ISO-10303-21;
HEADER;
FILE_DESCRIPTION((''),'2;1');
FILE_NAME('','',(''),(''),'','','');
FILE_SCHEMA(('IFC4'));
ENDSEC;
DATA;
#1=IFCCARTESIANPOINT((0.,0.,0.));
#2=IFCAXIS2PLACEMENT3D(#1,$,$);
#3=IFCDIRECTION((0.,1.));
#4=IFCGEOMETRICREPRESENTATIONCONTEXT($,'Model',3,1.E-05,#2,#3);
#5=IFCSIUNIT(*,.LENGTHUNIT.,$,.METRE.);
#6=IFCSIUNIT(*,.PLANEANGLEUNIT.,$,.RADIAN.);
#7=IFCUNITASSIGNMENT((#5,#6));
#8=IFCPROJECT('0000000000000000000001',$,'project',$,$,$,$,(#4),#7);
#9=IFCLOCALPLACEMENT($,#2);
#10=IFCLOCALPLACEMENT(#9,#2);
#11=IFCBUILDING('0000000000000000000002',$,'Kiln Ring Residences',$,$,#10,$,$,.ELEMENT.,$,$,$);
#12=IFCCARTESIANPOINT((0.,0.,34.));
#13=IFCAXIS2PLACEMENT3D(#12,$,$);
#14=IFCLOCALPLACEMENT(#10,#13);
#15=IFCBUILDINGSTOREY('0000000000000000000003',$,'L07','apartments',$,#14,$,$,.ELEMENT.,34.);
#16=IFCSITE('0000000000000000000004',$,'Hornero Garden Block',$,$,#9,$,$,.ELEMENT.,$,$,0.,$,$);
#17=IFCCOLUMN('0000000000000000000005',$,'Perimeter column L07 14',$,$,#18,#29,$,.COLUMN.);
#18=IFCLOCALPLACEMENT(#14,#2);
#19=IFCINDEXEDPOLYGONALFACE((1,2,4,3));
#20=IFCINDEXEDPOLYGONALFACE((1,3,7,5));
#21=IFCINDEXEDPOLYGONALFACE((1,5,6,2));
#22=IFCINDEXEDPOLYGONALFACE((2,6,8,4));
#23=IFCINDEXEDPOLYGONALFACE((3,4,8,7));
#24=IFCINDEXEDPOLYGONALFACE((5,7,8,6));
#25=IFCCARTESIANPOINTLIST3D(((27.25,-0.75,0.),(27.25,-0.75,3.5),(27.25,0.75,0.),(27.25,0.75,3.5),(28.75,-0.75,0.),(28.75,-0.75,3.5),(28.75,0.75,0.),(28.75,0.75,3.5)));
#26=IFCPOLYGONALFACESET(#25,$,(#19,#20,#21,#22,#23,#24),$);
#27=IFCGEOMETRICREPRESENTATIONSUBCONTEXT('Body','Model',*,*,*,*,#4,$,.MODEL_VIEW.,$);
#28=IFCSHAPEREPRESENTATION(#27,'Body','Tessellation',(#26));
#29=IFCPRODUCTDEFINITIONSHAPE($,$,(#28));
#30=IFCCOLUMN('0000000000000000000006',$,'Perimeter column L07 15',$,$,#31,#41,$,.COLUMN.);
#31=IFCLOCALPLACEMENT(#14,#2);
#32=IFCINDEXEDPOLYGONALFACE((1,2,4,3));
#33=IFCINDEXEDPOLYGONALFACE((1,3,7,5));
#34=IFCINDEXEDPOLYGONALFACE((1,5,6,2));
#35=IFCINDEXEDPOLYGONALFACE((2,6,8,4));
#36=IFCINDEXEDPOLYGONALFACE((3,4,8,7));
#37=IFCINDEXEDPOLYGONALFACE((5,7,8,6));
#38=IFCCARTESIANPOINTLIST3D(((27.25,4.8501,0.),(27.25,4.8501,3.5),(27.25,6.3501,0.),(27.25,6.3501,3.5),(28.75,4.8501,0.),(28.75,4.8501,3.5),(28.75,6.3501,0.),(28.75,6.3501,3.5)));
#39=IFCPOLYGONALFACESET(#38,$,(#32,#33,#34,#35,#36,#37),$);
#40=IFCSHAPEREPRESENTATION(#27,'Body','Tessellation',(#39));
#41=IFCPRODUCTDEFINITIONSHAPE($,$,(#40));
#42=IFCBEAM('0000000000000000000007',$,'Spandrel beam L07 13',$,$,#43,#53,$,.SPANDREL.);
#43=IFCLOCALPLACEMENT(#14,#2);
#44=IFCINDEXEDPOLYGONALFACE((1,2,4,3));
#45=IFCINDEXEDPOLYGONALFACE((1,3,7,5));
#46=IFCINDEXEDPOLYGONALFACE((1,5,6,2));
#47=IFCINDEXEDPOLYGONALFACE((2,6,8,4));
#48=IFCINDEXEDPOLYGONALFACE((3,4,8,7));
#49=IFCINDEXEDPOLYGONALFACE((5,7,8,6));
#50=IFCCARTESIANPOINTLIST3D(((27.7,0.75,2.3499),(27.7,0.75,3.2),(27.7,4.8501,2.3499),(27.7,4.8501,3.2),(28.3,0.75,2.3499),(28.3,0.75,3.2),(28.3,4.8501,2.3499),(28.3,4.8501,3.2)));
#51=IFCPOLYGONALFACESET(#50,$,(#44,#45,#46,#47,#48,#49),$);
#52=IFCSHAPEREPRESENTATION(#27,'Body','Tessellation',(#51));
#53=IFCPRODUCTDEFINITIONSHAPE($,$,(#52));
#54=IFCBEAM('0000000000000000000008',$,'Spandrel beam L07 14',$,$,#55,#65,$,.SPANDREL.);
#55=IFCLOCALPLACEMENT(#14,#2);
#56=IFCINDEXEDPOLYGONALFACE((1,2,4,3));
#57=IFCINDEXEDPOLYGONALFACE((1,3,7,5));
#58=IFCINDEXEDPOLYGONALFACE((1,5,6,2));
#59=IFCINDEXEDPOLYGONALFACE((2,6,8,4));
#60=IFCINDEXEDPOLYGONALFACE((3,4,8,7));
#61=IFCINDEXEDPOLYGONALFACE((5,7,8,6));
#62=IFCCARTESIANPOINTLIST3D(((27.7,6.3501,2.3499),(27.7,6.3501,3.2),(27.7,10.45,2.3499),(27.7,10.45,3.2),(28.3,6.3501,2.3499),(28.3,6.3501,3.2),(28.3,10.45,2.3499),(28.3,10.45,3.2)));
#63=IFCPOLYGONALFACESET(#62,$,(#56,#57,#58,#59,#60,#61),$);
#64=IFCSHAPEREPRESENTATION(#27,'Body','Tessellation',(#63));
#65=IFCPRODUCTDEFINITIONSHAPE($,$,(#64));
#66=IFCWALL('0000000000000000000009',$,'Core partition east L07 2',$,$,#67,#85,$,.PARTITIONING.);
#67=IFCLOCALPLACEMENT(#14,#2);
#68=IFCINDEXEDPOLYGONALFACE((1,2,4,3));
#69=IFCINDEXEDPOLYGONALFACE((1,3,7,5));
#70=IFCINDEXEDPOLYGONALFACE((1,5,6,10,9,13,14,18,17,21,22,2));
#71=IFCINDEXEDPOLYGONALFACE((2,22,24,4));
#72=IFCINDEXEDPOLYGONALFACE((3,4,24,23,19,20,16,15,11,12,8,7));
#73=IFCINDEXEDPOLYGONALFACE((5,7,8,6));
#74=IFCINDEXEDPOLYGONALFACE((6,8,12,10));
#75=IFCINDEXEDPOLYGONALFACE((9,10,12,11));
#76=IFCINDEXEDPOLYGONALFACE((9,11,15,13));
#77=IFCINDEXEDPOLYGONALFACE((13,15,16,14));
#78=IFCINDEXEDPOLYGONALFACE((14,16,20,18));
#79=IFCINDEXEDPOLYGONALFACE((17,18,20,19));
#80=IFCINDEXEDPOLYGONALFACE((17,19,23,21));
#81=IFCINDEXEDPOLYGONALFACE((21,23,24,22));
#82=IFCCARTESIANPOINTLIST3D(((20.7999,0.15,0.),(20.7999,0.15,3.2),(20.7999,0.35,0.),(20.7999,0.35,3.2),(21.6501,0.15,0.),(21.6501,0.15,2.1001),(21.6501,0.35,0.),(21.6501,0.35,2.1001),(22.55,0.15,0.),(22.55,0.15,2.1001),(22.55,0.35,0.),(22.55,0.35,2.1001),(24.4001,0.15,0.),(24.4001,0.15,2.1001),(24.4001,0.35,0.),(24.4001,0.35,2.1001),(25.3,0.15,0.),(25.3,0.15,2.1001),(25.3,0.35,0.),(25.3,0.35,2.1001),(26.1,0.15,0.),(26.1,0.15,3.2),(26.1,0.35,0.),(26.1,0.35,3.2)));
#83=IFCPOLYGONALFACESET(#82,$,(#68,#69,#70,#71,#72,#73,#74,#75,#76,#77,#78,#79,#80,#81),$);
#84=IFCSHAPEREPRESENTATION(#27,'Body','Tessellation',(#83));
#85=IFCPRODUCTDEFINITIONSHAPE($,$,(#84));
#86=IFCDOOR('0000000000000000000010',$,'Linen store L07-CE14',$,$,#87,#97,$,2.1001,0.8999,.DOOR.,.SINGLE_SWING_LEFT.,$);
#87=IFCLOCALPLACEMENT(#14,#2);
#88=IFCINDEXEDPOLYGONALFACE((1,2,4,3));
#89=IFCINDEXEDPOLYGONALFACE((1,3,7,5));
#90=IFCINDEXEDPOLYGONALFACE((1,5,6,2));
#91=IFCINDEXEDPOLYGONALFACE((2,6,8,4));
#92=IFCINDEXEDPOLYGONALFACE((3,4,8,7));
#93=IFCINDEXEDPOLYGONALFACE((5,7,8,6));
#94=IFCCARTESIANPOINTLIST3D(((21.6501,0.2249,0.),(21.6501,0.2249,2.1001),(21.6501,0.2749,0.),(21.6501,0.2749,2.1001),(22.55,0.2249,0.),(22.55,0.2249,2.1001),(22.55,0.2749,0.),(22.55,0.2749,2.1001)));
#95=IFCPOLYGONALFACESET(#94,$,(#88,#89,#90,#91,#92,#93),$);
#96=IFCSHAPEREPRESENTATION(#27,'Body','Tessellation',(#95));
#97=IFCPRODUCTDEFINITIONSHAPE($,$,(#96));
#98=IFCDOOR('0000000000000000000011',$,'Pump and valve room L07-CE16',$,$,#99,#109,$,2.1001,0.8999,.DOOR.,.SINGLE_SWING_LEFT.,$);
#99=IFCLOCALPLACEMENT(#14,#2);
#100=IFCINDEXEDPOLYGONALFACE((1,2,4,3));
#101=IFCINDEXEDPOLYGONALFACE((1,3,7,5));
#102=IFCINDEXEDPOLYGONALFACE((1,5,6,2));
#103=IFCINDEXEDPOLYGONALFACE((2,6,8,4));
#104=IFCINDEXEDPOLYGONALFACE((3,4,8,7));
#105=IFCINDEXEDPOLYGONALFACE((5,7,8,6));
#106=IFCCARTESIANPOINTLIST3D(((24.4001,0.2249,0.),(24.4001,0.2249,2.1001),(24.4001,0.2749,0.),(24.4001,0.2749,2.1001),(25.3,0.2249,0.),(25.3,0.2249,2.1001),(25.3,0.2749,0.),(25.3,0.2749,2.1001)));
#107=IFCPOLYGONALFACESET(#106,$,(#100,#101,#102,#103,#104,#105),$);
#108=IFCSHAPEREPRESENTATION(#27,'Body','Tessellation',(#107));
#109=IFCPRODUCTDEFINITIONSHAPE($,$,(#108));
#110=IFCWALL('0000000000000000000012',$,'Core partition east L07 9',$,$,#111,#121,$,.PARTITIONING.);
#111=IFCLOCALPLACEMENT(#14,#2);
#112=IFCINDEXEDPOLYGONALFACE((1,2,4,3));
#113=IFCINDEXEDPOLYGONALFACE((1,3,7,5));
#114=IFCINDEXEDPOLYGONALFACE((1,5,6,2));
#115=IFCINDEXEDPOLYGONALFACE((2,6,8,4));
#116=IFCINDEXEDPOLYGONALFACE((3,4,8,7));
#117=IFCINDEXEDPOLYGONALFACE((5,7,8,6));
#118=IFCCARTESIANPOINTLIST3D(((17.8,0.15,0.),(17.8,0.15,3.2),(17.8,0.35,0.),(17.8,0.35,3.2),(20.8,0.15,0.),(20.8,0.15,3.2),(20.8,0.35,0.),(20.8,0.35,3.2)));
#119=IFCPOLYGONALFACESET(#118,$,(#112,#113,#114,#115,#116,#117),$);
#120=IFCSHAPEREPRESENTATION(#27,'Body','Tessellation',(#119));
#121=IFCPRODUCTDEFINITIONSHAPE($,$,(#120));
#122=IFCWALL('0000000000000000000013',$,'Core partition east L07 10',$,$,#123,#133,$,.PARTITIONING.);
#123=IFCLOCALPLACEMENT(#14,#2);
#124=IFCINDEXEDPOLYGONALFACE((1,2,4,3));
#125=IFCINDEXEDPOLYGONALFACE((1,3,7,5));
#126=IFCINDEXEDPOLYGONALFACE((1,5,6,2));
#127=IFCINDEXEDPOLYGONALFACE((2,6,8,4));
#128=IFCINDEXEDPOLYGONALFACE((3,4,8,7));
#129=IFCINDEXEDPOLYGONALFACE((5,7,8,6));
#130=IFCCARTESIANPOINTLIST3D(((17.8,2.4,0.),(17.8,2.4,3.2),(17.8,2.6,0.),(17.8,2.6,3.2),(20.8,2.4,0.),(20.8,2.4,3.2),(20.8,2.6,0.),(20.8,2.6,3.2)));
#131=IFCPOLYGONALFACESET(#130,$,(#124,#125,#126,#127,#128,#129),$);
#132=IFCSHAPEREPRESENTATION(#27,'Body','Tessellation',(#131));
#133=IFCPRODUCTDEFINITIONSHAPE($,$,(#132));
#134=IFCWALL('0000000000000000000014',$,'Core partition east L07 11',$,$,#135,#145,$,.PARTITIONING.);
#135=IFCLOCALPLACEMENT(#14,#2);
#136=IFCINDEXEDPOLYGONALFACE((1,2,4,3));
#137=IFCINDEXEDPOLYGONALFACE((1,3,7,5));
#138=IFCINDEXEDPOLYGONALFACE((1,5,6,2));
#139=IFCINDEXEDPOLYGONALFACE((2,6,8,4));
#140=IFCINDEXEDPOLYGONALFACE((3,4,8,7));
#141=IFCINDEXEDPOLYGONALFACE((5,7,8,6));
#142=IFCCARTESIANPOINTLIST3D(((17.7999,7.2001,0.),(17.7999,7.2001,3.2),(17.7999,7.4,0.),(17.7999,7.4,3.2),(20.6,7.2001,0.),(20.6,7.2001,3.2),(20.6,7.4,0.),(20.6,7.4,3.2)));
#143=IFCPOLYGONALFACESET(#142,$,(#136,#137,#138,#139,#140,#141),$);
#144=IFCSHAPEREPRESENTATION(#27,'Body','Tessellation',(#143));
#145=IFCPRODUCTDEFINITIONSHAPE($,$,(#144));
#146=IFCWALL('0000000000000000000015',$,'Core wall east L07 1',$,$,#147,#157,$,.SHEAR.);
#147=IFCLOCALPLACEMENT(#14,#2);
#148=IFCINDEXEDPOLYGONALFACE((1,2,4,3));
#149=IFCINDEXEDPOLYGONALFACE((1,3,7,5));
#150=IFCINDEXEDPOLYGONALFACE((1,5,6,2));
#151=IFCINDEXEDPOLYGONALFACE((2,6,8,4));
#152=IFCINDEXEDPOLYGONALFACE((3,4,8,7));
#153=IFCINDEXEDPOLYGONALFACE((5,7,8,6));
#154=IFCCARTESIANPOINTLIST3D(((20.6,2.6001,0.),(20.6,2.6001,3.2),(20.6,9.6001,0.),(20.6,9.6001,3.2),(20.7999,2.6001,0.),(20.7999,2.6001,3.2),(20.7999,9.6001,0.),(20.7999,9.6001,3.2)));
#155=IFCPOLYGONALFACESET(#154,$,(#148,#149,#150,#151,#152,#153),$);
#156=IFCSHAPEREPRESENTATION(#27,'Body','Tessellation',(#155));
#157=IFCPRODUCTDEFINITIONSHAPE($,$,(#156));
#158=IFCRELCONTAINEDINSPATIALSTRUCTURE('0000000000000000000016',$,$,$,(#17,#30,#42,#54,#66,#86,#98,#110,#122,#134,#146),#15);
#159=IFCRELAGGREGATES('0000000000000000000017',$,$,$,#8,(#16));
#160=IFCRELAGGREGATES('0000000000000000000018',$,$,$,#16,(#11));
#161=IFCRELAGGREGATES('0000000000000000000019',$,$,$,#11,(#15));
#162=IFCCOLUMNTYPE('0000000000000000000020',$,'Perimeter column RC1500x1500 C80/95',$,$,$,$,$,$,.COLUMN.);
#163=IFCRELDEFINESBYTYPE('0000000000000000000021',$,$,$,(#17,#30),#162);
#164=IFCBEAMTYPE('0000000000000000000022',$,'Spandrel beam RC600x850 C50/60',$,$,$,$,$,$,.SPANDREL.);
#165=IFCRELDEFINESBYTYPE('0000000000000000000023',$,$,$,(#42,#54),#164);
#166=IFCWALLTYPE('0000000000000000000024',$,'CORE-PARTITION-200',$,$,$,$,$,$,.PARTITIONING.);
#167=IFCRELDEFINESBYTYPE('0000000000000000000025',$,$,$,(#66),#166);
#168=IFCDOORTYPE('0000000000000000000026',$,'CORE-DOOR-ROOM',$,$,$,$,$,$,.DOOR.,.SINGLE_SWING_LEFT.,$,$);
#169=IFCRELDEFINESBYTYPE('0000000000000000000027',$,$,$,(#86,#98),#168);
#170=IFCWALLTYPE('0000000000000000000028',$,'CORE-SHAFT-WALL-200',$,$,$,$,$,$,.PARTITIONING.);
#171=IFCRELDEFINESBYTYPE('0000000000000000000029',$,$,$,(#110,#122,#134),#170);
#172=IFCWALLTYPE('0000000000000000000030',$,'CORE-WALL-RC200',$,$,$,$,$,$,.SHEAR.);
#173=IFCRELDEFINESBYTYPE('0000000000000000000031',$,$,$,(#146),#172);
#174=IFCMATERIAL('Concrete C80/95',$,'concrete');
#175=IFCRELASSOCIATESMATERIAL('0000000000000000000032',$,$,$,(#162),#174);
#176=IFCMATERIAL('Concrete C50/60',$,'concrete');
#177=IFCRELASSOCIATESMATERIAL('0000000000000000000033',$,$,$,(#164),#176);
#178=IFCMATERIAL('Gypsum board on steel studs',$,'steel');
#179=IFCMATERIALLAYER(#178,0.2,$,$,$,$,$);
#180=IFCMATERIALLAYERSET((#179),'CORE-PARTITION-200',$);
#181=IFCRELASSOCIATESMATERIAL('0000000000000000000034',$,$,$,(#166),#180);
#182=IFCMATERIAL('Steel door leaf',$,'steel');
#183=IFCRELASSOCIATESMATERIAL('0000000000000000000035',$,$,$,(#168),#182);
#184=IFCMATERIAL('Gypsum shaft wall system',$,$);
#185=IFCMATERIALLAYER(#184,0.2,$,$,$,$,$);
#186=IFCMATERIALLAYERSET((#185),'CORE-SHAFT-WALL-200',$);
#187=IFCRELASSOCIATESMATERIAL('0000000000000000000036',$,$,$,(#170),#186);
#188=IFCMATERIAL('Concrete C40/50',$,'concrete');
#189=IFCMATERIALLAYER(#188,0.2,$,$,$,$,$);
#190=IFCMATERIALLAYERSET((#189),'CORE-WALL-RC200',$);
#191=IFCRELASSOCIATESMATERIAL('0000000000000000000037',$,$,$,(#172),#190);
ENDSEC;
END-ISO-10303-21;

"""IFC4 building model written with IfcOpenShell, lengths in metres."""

from ifc_helpers import new_model, si_unit, direction, frame, frame_2d, origin, origin_2d, place, context, subcontext, project, spatial, rectangle, extrude, material, layer, layer_set, material_profile, profile_set, type_object, element, fill, save


model = new_model("IFC4")

# Units and contexts
model_context = context("Model", 3, precision=1e-05, world=origin(), true_north=direction((0.0, 1.0)))
body_context = subcontext(model_context, "Body", "Model", "MODEL_VIEW")
ifc_project = project(units=[si_unit("LENGTHUNIT", "METRE"), si_unit("PLANEANGLEUNIT", "RADIAN")], contexts=[model_context])

# Site, building, storey
site_placement = place(None, origin())
site = spatial("IfcSite", under=ifc_project, at=site_placement, Name="Hornero Garden Block", CompositionType="ELEMENT", RefElevation=0.0)
building_placement = place(site_placement, origin())
building = spatial("IfcBuilding", under=site, at=building_placement, Name="Kiln Ring Residences", CompositionType="ELEMENT")
storey_placement = place(building_placement, frame((0.0, 0.0, 34.0)))
storey = spatial("IfcBuildingStorey", under=building, at=storey_placement, Name="L07", Description="apartments", CompositionType="ELEMENT", Elevation=34.0)

# Columns
ifc_material_1 = material(Name="Concrete C80/95", Category="concrete")
ifc_material_profile_1 = material_profile(ifc_material_1, rectangle(XDim=1.5, YDim=1.5, at=origin_2d()), Name="RC1500x1500")
ifc_profile_set_1 = profile_set([ifc_material_profile_1], Name="Concrete C80/95")
column_type = type_object("IfcColumnType", Name="Perimeter column RC1500x1500 C80/95", PredefinedType="COLUMN", material=ifc_profile_set_1)
for number, where, z_axis, x_axis, name in (
    (1, (28.0, 0.0, 0.0), (0.0, 0.0, 1.0), (1.0, 0.0, 0.0), "Perimeter column L07 14"),
    (2, (28.0, 5.6001, 0.0), (0.0, 0.0, 1.0), (1.0, 0.0, 0.0), "Perimeter column L07 15"),
):
    element("IfcColumn", number, at=place(storey_placement, frame(where, z_axis=z_axis, x_axis=x_axis)), inside=storey, type_object=column_type, Name=name, PredefinedType="COLUMN", context=body_context, shape_type="SweptSolid", body=[
        extrude(rectangle(XDim=1.5, YDim=1.5, at=origin_2d()), origin(), (0.0, 0.0, 1.0), 3.5),
    ])

# Beams
ifc_material_2 = material(Name="Concrete C50/60", Category="concrete")
ifc_material_profile_2 = material_profile(ifc_material_2, rectangle(XDim=0.6001, YDim=0.8501, at=origin_2d()), Name="RC600x850")
ifc_profile_set_2 = profile_set([ifc_material_profile_2], Name="Concrete C50/60")
beam_type = type_object("IfcBeamType", Name="Spandrel beam RC600x850 C50/60", PredefinedType="SPANDREL", material=ifc_profile_set_2)
beam_1_placement = place(storey_placement, frame((28.0, 0.75, 2.7749), z_axis=(0.0, 1.0, 0.0), x_axis=(-1.0, 0.0, 0.0)))
element("IfcBeam", 3, at=beam_1_placement, inside=storey, type_object=beam_type, Name="Spandrel beam L07 13", PredefinedType="SPANDREL", context=body_context, shape_type="SweptSolid", body=[
    extrude(rectangle(XDim=0.6001, YDim=0.8501, at=origin_2d()), origin(), (0.0, 0.0, 1.0), 4.1001),
])
beam_2_placement = place(storey_placement, frame((28.0, 6.3501, 2.7749), z_axis=(0.0, 1.0, 0.0), x_axis=(-1.0, 0.0, 0.0)))
element("IfcBeam", 4, at=beam_2_placement, inside=storey, type_object=beam_type, Name="Spandrel beam L07 14", PredefinedType="SPANDREL", context=body_context, shape_type="SweptSolid", body=[
    extrude(rectangle(XDim=0.6001, YDim=0.8501, at=origin_2d()), origin(), (0.0, 0.0, 1.0), 4.0999),
])

# Wall, openings, doors
ifc_material_3 = material(Name="Gypsum board on steel studs", Category="steel")
ifc_layer_1 = layer(ifc_material_3, 0.2)
ifc_layer_set_1 = layer_set([ifc_layer_1], Name="CORE-PARTITION-200")
wall_type_1 = type_object("IfcWallType", Name="CORE-PARTITION-200", PredefinedType="PARTITIONING", material=ifc_layer_set_1)
wall_1_placement = place(storey_placement, frame((20.8, 0.25, 0.0), z_axis=(0.0, 0.0, 1.0), x_axis=(1.0, 0.0, 0.0)))
wall_1 = element("IfcWall", 5, at=wall_1_placement, inside=storey, type_object=wall_type_1, Name="Core partition east L07 2", PredefinedType="PARTITIONING", context=body_context, shape_type="SweptSolid", body=[
    extrude(rectangle(XDim=5.3, YDim=0.2, at=frame_2d((2.6499, 0.0))), origin(), (0.0, 0.0, 1.0), 3.2),
])
opening_1_placement = place(wall_1_placement, frame((0.8501, 0.0, 0.0)))
opening_1 = element("IfcOpeningElement", 6, at=opening_1_placement, cuts=wall_1, PredefinedType="OPENING", context=body_context, shape_type="SweptSolid", body=[
    extrude(rectangle(XDim=0.8999, YDim=2.1001, at=frame_2d((0.45, 1.05))), frame((0.0, 0.1099, 0.0), z_axis=(0.0, -1.0, 0.0), x_axis=(1.0, 0.0, 0.0)), (0.0, 0.0, 1.0), 0.22),
])
opening_2_placement = place(wall_1_placement, frame((3.6001, 0.0, 0.0)))
opening_2 = element("IfcOpeningElement", 7, at=opening_2_placement, cuts=wall_1, PredefinedType="OPENING", context=body_context, shape_type="SweptSolid", body=[
    extrude(rectangle(XDim=0.8999, YDim=2.1001, at=frame_2d((0.45, 1.05))), frame((0.0, 0.1099, 0.0), z_axis=(0.0, -1.0, 0.0), x_axis=(1.0, 0.0, 0.0)), (0.0, 0.0, 1.0), 0.22),
])
ifc_material_4 = material(Name="Steel door leaf", Category="steel")
door_type = type_object("IfcDoorType", Name="CORE-DOOR-ROOM", OperationType="SINGLE_SWING_LEFT", PredefinedType="DOOR", material=ifc_material_4)
door_1_placement = place(opening_1_placement, origin())
door_1 = element("IfcDoor", 8, at=door_1_placement, inside=storey, type_object=door_type, Name="Linen store L07-CE14", OperationType="SINGLE_SWING_LEFT", OverallHeight=2.1001, OverallWidth=0.8999, PredefinedType="DOOR", context=body_context, shape_type="SweptSolid", body=[
    extrude(rectangle(XDim=0.8999, YDim=2.1001, at=frame_2d((0.45, 1.05))), frame((0.0, 0.0249, 0.0), z_axis=(0.0, -1.0, 0.0), x_axis=(1.0, 0.0, 0.0)), (0.0, 0.0, 1.0), 0.05),
])
fill(opening_1, door_1)
door_2_placement = place(opening_2_placement, origin())
door_2 = element("IfcDoor", 9, at=door_2_placement, inside=storey, type_object=door_type, Name="Pump and valve room L07-CE16", OperationType="SINGLE_SWING_LEFT", OverallHeight=2.1001, OverallWidth=0.8999, PredefinedType="DOOR", context=body_context, shape_type="SweptSolid", body=[
    extrude(rectangle(XDim=0.8999, YDim=2.1001, at=frame_2d((0.45, 1.05))), frame((0.0, 0.0249, 0.0), z_axis=(0.0, -1.0, 0.0), x_axis=(1.0, 0.0, 0.0)), (0.0, 0.0, 1.0), 0.05),
])
fill(opening_2, door_2)

# Walls
ifc_material_5 = material(Name="Gypsum shaft wall system")
ifc_layer_2 = layer(ifc_material_5, 0.2)
ifc_layer_set_2 = layer_set([ifc_layer_2], Name="CORE-SHAFT-WALL-200")
wall_type_2 = type_object("IfcWallType", Name="CORE-SHAFT-WALL-200", PredefinedType="PARTITIONING", material=ifc_layer_set_2)
for number, where, z_axis, x_axis, name in (
    (10, (17.8, 0.25, 0.0), (0.0, 0.0, 1.0), (1.0, 0.0, 0.0), "Core partition east L07 9"),
    (11, (17.8, 2.5, 0.0), (0.0, 0.0, 1.0), (1.0, 0.0, 0.0), "Core partition east L07 10"),
):
    element("IfcWall", number, at=place(storey_placement, frame(where, z_axis=z_axis, x_axis=x_axis)), inside=storey, type_object=wall_type_2, Name=name, PredefinedType="PARTITIONING", context=body_context, shape_type="SweptSolid", body=[
        extrude(rectangle(XDim=3.0, YDim=0.2, at=frame_2d((1.5, 0.0))), origin(), (0.0, 0.0, 1.0), 3.2),
    ])
wall_2_placement = place(storey_placement, frame((17.8, 7.3, 0.0), z_axis=(0.0, 0.0, 1.0), x_axis=(1.0, 0.0, 0.0)))
element("IfcWall", 12, at=wall_2_placement, inside=storey, type_object=wall_type_2, Name="Core partition east L07 11", PredefinedType="PARTITIONING", context=body_context, shape_type="SweptSolid", body=[
    extrude(rectangle(XDim=2.8, YDim=0.2, at=frame_2d((1.3999, 0.0))), origin(), (0.0, 0.0, 1.0), 3.2),
])
ifc_material_6 = material(Name="Concrete C40/50", Category="concrete")
ifc_layer_3 = layer(ifc_material_6, 0.2)
ifc_layer_set_3 = layer_set([ifc_layer_3], Name="CORE-WALL-RC200")
wall_type_3 = type_object("IfcWallType", Name="CORE-WALL-RC200", PredefinedType="SHEAR", material=ifc_layer_set_3)
wall_3_placement = place(storey_placement, frame((20.7, 2.6001, 0.0), z_axis=(0.0, 0.0, 1.0), x_axis=(0.0, 1.0, 0.0)))
element("IfcWall", 13, at=wall_3_placement, inside=storey, type_object=wall_type_3, Name="Core wall east L07 1", PredefinedType="SHEAR", context=body_context, shape_type="SweptSolid", body=[
    extrude(rectangle(XDim=7.0, YDim=0.2, at=frame_2d((3.5, 0.0))), origin(), (0.0, 0.0, 1.0), 3.2),
])

save(model, "model.ifc")
